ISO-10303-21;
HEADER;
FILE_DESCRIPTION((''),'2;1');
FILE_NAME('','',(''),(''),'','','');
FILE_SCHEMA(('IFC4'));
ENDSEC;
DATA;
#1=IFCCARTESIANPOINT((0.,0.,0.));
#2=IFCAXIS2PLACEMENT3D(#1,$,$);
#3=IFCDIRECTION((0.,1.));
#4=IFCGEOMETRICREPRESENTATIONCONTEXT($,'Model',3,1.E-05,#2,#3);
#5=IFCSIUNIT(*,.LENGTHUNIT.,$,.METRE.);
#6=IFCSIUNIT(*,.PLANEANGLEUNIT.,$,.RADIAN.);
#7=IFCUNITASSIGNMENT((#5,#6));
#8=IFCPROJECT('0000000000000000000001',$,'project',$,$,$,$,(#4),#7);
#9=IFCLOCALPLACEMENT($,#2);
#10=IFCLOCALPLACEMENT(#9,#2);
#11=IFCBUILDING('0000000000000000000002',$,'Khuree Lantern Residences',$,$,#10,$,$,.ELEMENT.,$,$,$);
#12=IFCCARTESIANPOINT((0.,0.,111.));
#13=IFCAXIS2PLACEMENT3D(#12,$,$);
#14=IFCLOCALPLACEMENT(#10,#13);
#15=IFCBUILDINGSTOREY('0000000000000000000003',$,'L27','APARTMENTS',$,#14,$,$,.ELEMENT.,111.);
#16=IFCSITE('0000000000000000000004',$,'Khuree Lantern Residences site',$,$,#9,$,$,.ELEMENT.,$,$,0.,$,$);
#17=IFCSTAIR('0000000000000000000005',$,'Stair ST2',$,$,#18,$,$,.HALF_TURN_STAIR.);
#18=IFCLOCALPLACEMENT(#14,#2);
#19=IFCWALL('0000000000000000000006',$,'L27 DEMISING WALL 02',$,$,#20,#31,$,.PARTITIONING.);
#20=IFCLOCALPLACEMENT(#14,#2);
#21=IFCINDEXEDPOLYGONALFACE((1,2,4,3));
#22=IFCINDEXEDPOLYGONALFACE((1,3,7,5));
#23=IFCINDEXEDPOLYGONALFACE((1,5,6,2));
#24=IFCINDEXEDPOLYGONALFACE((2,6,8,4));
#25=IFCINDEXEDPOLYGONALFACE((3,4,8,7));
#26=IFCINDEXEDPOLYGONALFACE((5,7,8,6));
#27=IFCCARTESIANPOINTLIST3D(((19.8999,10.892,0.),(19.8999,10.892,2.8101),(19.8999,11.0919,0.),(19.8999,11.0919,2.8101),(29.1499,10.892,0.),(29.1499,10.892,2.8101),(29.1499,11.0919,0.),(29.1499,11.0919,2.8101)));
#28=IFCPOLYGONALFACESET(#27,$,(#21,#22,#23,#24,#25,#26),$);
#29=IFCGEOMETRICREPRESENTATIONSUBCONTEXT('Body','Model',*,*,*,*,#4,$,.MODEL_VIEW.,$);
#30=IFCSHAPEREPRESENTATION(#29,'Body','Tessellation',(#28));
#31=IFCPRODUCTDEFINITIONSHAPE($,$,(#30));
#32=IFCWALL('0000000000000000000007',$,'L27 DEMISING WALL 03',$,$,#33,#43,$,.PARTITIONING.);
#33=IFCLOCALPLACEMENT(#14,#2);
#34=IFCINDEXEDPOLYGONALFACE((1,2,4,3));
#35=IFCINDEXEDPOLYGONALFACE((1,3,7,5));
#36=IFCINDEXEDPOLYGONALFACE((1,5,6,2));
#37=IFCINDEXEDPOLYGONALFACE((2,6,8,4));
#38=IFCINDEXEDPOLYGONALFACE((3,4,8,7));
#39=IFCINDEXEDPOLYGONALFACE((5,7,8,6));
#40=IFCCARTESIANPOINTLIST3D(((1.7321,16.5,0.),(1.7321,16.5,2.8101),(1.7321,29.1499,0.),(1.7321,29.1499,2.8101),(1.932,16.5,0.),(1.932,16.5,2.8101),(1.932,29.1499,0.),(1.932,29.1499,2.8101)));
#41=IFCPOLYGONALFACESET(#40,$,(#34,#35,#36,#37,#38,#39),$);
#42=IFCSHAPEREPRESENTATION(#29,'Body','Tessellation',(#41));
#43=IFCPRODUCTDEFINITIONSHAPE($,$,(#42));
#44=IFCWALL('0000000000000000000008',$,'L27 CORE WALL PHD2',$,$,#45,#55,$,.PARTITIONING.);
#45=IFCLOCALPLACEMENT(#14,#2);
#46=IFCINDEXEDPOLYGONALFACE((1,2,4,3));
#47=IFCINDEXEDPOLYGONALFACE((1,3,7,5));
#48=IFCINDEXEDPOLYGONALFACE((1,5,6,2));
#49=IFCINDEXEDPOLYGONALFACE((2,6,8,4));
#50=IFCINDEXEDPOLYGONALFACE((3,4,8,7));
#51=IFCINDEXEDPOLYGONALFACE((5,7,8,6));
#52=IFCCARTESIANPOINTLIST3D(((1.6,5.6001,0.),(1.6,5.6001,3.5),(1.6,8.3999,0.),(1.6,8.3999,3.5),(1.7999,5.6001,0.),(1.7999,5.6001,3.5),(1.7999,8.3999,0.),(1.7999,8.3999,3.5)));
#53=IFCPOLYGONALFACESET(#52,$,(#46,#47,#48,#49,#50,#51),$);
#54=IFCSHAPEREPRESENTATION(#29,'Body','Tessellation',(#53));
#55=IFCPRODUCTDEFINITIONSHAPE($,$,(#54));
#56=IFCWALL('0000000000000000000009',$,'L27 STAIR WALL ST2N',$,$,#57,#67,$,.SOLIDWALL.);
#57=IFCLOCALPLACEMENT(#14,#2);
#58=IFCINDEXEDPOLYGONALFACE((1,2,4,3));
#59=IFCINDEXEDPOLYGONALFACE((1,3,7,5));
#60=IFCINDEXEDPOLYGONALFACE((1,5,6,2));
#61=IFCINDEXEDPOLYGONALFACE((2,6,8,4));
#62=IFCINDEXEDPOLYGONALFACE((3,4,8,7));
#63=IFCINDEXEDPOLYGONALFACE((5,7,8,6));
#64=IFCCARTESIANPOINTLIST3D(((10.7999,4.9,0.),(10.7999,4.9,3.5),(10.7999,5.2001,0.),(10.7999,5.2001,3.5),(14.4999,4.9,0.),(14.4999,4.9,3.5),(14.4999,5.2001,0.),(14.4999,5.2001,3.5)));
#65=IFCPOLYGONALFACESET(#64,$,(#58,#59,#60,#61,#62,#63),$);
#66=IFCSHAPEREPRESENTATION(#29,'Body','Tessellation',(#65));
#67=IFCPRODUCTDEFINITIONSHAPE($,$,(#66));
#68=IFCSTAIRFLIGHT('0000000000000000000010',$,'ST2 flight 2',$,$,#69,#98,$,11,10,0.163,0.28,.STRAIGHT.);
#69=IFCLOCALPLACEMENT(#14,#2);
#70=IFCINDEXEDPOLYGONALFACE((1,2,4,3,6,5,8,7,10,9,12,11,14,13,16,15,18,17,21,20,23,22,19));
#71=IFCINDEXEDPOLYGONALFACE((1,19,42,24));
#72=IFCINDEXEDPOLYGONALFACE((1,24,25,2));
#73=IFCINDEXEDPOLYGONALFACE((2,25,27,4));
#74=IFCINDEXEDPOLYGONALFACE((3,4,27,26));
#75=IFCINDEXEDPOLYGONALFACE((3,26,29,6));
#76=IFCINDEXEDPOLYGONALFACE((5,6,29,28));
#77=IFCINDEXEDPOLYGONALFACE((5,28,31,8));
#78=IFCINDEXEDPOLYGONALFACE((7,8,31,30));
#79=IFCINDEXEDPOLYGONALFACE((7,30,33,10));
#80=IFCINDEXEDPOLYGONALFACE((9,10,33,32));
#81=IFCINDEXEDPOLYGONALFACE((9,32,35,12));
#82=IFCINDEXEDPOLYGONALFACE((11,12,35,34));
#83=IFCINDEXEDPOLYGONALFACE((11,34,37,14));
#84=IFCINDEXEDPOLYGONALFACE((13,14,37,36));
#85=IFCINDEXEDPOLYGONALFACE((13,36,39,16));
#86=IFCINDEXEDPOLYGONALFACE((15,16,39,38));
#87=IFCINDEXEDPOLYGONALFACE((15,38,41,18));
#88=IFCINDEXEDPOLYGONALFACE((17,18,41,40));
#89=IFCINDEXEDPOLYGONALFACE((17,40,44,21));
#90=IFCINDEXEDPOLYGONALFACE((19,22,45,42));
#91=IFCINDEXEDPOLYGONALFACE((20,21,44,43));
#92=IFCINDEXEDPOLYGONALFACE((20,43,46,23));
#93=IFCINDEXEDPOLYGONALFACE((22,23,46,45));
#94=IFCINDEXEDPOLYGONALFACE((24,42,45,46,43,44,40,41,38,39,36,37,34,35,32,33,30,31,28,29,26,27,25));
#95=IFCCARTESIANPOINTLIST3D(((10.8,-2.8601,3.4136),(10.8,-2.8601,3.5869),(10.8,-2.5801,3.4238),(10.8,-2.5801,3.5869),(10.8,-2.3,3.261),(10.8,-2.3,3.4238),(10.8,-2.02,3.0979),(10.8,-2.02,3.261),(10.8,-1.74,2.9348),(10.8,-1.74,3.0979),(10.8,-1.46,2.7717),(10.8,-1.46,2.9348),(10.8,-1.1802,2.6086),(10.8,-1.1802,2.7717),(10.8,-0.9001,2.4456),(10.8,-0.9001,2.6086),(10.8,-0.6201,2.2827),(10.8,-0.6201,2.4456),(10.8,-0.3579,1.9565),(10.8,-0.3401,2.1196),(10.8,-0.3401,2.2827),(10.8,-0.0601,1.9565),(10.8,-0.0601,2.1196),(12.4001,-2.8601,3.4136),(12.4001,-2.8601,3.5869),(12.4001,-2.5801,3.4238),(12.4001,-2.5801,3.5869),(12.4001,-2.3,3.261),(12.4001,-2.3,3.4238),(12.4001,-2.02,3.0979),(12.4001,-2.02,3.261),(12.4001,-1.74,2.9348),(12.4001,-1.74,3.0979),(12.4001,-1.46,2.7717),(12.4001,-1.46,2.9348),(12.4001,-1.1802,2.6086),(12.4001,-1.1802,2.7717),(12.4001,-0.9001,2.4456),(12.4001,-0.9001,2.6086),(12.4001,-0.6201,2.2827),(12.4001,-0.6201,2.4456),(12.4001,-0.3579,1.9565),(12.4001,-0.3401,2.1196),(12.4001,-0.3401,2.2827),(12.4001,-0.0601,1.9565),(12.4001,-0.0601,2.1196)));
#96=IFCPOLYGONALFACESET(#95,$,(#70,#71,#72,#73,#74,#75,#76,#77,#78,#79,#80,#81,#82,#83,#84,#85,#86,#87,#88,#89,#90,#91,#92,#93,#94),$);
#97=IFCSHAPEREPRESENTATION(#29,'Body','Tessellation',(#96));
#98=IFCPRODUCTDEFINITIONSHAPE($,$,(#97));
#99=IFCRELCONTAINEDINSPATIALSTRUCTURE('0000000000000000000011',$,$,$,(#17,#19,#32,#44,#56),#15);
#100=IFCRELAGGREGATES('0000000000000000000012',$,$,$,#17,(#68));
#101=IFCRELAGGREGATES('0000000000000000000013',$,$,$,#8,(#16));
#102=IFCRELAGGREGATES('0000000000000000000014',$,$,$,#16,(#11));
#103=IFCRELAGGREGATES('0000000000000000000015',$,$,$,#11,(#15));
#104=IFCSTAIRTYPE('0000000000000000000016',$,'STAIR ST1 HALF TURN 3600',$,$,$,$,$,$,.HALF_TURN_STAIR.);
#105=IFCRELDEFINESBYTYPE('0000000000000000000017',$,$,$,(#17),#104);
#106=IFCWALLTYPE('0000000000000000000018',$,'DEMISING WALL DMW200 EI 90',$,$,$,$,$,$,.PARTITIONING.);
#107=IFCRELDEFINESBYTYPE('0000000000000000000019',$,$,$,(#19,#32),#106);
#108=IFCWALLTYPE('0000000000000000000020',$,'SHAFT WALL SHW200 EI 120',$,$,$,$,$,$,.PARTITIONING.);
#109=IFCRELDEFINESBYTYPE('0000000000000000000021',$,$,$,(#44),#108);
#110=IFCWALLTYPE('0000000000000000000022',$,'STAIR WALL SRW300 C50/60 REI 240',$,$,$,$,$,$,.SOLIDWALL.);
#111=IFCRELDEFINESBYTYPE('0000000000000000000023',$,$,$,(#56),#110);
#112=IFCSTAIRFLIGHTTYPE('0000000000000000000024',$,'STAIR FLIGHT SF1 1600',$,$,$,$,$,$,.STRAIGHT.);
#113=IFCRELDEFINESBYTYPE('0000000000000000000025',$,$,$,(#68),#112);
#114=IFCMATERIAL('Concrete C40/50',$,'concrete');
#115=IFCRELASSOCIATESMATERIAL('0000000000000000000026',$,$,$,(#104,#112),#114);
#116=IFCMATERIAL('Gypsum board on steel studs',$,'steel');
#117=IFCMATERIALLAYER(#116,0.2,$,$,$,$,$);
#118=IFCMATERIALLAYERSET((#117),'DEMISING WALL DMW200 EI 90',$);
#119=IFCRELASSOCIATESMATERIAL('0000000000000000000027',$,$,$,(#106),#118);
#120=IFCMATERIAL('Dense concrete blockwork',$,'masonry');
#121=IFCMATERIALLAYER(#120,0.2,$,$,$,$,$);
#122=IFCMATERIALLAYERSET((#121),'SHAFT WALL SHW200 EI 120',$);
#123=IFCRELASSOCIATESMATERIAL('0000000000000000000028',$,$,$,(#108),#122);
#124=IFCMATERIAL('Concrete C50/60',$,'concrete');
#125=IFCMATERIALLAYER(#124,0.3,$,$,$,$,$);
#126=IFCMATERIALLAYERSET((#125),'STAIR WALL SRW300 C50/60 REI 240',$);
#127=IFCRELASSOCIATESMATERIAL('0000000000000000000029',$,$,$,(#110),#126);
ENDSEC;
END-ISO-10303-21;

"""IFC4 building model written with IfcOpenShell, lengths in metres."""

from ifc_helpers import new_model, si_unit, direction, frame, frame_2d, origin, place, context, subcontext, project, spatial, polyline, rectangle, outline, extrude, material, layer, layer_set, type_object, element, aggregate, save


model = new_model("IFC4")

# Units and contexts
model_context = context("Model", 3, precision=1e-05, world=origin(), true_north=direction((0.0, 1.0)))
body_context = subcontext(model_context, "Body", "Model", "MODEL_VIEW")
ifc_project = project(units=[si_unit("LENGTHUNIT", "METRE"), si_unit("PLANEANGLEUNIT", "RADIAN")], contexts=[model_context])

# Site, building, storey
site_placement = place(None, origin())
site = spatial("IfcSite", under=ifc_project, at=site_placement, Name="Khuree Lantern Residences site", CompositionType="ELEMENT", RefElevation=0.0)
building_placement = place(site_placement, origin())
building = spatial("IfcBuilding", under=site, at=building_placement, Name="Khuree Lantern Residences", CompositionType="ELEMENT")
storey_placement = place(building_placement, frame((0.0, 0.0, 111.0)))
storey = spatial("IfcBuildingStorey", under=building, at=storey_placement, Name="L27", Description="APARTMENTS", CompositionType="ELEMENT", Elevation=111.0)

# Stair
ifc_material_1 = material(Name="Concrete C40/50", Category="concrete")
stair_type = type_object("IfcStairType", Name="STAIR ST1 HALF TURN 3600", PredefinedType="HALF_TURN_STAIR", material=ifc_material_1)
stair_1_placement = place(storey_placement, origin())
stair_1 = element("IfcStair", 1, at=stair_1_placement, inside=storey, type_object=stair_type, Name="Stair ST2", PredefinedType="HALF_TURN_STAIR")

# Shared definitions
ifc_material_2 = material(Name="Dense concrete blockwork", Category="masonry")

# Shared definitions
ifc_material_3 = material(Name="Gypsum board on steel studs", Category="steel")

# Walls
ifc_layer_1 = layer(ifc_material_3, 0.2)
ifc_layer_set_1 = layer_set([ifc_layer_1], Name="DEMISING WALL DMW200 EI 90")
wall_type_1 = type_object("IfcWallType", Name="DEMISING WALL DMW200 EI 90", PredefinedType="PARTITIONING", material=ifc_layer_set_1)
wall_1_placement = place(storey_placement, frame((19.8999, 10.9919, 0.0), z_axis=(0.0, 0.0, 1.0), x_axis=(1.0, 0.0, 0.0)))
element("IfcWall", 2, at=wall_1_placement, inside=storey, type_object=wall_type_1, Name="L27 DEMISING WALL 02", PredefinedType="PARTITIONING", context=body_context, shape_type="SweptSolid", body=[
    extrude(rectangle(XDim=9.25, YDim=0.2, at=frame_2d((4.625, 0.0))), origin(), (0.0, 0.0, 1.0), 2.8101),
])
wall_2_placement = place(storey_placement, frame((1.832, 16.5, 0.0), z_axis=(0.0, 0.0, 1.0), x_axis=(0.0, 1.0, 0.0)))
element("IfcWall", 3, at=wall_2_placement, inside=storey, type_object=wall_type_1, Name="L27 DEMISING WALL 03", PredefinedType="PARTITIONING", context=body_context, shape_type="SweptSolid", body=[
    extrude(rectangle(XDim=12.6499, YDim=0.2, at=frame_2d((6.325, 0.0))), origin(), (0.0, 0.0, 1.0), 2.8101),
])
ifc_layer_2 = layer(ifc_material_2, 0.2)
ifc_layer_set_2 = layer_set([ifc_layer_2], Name="SHAFT WALL SHW200 EI 120")
wall_type_2 = type_object("IfcWallType", Name="SHAFT WALL SHW200 EI 120", PredefinedType="PARTITIONING", material=ifc_layer_set_2)
wall_3_placement = place(storey_placement, frame((1.7, 5.6001, 0.0), z_axis=(0.0, 0.0, 1.0), x_axis=(0.0, 1.0, 0.0)))
element("IfcWall", 4, at=wall_3_placement, inside=storey, type_object=wall_type_2, Name="L27 CORE WALL PHD2", PredefinedType="PARTITIONING", context=body_context, shape_type="SweptSolid", body=[
    extrude(rectangle(XDim=2.7998, YDim=0.2, at=frame_2d((1.3999, 0.0))), origin(), (0.0, 0.0, 1.0), 3.5),
])
ifc_material_4 = material(Name="Concrete C50/60", Category="concrete")
ifc_layer_3 = layer(ifc_material_4, 0.3)
ifc_layer_set_3 = layer_set([ifc_layer_3], Name="STAIR WALL SRW300 C50/60 REI 240")
wall_type_3 = type_object("IfcWallType", Name="STAIR WALL SRW300 C50/60 REI 240", PredefinedType="SOLIDWALL", material=ifc_layer_set_3)
wall_4_placement = place(storey_placement, frame((14.5, 5.05, 0.0), z_axis=(0.0, 0.0, 1.0), x_axis=(-1.0, 0.0, 0.0)))
element("IfcWall", 5, at=wall_4_placement, inside=storey, type_object=wall_type_3, Name="L27 STAIR WALL ST2N", PredefinedType="SOLIDWALL", context=body_context, shape_type="SweptSolid", body=[
    extrude(rectangle(XDim=3.7, YDim=0.3, at=frame_2d((1.8501, 0.0))), origin(), (0.0, 0.0, 1.0), 3.5),
])

# Stair flight
stair_flight_type = type_object("IfcStairFlightType", Name="STAIR FLIGHT SF1 1600", PredefinedType="STRAIGHT", material=ifc_material_1)
stair_flight_placement = place(storey_placement, frame((11.6001, -0.0601, 1.9565), z_axis=(0.0, 0.0, 1.0), x_axis=(0.0, -1.0, 0.0)))
stair_flight = element("IfcStairFlight", 6, at=stair_flight_placement, type_object=stair_flight_type, Name="ST2 flight 2", NumberOfRisers=11, NumberOfTreads=10, PredefinedType="STRAIGHT", RiserHeight=0.163, TreadLength=0.28, context=body_context, shape_type="SweptSolid", body=[
    extrude(outline(polyline([(0.0, 0.0), (0.0, 0.1631), (0.28, 0.1631), (0.28, 0.3262), (0.5601, 0.3262), (0.5601, 0.489), (0.8401, 0.489), (0.8401, 0.6521), (1.1201, 0.6521), (1.1201, 0.8152), (1.3999, 0.8152), (1.3999, 0.9783), (1.6799, 0.9783), (1.6799, 1.1414), (1.96, 1.1414), (1.96, 1.3044), (2.24, 1.3044), (2.24, 1.4673), (2.52, 1.4673), (2.52, 1.6304), (2.8, 1.6304), (2.8, 1.7935), (2.8, 1.457), (0.2979, 0.0), (0.0, 0.0)])), frame((0.0, 0.8, 0.0), z_axis=(0.0, -1.0, 0.0), x_axis=(1.0, 0.0, 0.0)), (0.0, 0.0, 1.0), 1.6001),
])
aggregate(stair_1, [stair_flight])

save(model, "model.ifc")
